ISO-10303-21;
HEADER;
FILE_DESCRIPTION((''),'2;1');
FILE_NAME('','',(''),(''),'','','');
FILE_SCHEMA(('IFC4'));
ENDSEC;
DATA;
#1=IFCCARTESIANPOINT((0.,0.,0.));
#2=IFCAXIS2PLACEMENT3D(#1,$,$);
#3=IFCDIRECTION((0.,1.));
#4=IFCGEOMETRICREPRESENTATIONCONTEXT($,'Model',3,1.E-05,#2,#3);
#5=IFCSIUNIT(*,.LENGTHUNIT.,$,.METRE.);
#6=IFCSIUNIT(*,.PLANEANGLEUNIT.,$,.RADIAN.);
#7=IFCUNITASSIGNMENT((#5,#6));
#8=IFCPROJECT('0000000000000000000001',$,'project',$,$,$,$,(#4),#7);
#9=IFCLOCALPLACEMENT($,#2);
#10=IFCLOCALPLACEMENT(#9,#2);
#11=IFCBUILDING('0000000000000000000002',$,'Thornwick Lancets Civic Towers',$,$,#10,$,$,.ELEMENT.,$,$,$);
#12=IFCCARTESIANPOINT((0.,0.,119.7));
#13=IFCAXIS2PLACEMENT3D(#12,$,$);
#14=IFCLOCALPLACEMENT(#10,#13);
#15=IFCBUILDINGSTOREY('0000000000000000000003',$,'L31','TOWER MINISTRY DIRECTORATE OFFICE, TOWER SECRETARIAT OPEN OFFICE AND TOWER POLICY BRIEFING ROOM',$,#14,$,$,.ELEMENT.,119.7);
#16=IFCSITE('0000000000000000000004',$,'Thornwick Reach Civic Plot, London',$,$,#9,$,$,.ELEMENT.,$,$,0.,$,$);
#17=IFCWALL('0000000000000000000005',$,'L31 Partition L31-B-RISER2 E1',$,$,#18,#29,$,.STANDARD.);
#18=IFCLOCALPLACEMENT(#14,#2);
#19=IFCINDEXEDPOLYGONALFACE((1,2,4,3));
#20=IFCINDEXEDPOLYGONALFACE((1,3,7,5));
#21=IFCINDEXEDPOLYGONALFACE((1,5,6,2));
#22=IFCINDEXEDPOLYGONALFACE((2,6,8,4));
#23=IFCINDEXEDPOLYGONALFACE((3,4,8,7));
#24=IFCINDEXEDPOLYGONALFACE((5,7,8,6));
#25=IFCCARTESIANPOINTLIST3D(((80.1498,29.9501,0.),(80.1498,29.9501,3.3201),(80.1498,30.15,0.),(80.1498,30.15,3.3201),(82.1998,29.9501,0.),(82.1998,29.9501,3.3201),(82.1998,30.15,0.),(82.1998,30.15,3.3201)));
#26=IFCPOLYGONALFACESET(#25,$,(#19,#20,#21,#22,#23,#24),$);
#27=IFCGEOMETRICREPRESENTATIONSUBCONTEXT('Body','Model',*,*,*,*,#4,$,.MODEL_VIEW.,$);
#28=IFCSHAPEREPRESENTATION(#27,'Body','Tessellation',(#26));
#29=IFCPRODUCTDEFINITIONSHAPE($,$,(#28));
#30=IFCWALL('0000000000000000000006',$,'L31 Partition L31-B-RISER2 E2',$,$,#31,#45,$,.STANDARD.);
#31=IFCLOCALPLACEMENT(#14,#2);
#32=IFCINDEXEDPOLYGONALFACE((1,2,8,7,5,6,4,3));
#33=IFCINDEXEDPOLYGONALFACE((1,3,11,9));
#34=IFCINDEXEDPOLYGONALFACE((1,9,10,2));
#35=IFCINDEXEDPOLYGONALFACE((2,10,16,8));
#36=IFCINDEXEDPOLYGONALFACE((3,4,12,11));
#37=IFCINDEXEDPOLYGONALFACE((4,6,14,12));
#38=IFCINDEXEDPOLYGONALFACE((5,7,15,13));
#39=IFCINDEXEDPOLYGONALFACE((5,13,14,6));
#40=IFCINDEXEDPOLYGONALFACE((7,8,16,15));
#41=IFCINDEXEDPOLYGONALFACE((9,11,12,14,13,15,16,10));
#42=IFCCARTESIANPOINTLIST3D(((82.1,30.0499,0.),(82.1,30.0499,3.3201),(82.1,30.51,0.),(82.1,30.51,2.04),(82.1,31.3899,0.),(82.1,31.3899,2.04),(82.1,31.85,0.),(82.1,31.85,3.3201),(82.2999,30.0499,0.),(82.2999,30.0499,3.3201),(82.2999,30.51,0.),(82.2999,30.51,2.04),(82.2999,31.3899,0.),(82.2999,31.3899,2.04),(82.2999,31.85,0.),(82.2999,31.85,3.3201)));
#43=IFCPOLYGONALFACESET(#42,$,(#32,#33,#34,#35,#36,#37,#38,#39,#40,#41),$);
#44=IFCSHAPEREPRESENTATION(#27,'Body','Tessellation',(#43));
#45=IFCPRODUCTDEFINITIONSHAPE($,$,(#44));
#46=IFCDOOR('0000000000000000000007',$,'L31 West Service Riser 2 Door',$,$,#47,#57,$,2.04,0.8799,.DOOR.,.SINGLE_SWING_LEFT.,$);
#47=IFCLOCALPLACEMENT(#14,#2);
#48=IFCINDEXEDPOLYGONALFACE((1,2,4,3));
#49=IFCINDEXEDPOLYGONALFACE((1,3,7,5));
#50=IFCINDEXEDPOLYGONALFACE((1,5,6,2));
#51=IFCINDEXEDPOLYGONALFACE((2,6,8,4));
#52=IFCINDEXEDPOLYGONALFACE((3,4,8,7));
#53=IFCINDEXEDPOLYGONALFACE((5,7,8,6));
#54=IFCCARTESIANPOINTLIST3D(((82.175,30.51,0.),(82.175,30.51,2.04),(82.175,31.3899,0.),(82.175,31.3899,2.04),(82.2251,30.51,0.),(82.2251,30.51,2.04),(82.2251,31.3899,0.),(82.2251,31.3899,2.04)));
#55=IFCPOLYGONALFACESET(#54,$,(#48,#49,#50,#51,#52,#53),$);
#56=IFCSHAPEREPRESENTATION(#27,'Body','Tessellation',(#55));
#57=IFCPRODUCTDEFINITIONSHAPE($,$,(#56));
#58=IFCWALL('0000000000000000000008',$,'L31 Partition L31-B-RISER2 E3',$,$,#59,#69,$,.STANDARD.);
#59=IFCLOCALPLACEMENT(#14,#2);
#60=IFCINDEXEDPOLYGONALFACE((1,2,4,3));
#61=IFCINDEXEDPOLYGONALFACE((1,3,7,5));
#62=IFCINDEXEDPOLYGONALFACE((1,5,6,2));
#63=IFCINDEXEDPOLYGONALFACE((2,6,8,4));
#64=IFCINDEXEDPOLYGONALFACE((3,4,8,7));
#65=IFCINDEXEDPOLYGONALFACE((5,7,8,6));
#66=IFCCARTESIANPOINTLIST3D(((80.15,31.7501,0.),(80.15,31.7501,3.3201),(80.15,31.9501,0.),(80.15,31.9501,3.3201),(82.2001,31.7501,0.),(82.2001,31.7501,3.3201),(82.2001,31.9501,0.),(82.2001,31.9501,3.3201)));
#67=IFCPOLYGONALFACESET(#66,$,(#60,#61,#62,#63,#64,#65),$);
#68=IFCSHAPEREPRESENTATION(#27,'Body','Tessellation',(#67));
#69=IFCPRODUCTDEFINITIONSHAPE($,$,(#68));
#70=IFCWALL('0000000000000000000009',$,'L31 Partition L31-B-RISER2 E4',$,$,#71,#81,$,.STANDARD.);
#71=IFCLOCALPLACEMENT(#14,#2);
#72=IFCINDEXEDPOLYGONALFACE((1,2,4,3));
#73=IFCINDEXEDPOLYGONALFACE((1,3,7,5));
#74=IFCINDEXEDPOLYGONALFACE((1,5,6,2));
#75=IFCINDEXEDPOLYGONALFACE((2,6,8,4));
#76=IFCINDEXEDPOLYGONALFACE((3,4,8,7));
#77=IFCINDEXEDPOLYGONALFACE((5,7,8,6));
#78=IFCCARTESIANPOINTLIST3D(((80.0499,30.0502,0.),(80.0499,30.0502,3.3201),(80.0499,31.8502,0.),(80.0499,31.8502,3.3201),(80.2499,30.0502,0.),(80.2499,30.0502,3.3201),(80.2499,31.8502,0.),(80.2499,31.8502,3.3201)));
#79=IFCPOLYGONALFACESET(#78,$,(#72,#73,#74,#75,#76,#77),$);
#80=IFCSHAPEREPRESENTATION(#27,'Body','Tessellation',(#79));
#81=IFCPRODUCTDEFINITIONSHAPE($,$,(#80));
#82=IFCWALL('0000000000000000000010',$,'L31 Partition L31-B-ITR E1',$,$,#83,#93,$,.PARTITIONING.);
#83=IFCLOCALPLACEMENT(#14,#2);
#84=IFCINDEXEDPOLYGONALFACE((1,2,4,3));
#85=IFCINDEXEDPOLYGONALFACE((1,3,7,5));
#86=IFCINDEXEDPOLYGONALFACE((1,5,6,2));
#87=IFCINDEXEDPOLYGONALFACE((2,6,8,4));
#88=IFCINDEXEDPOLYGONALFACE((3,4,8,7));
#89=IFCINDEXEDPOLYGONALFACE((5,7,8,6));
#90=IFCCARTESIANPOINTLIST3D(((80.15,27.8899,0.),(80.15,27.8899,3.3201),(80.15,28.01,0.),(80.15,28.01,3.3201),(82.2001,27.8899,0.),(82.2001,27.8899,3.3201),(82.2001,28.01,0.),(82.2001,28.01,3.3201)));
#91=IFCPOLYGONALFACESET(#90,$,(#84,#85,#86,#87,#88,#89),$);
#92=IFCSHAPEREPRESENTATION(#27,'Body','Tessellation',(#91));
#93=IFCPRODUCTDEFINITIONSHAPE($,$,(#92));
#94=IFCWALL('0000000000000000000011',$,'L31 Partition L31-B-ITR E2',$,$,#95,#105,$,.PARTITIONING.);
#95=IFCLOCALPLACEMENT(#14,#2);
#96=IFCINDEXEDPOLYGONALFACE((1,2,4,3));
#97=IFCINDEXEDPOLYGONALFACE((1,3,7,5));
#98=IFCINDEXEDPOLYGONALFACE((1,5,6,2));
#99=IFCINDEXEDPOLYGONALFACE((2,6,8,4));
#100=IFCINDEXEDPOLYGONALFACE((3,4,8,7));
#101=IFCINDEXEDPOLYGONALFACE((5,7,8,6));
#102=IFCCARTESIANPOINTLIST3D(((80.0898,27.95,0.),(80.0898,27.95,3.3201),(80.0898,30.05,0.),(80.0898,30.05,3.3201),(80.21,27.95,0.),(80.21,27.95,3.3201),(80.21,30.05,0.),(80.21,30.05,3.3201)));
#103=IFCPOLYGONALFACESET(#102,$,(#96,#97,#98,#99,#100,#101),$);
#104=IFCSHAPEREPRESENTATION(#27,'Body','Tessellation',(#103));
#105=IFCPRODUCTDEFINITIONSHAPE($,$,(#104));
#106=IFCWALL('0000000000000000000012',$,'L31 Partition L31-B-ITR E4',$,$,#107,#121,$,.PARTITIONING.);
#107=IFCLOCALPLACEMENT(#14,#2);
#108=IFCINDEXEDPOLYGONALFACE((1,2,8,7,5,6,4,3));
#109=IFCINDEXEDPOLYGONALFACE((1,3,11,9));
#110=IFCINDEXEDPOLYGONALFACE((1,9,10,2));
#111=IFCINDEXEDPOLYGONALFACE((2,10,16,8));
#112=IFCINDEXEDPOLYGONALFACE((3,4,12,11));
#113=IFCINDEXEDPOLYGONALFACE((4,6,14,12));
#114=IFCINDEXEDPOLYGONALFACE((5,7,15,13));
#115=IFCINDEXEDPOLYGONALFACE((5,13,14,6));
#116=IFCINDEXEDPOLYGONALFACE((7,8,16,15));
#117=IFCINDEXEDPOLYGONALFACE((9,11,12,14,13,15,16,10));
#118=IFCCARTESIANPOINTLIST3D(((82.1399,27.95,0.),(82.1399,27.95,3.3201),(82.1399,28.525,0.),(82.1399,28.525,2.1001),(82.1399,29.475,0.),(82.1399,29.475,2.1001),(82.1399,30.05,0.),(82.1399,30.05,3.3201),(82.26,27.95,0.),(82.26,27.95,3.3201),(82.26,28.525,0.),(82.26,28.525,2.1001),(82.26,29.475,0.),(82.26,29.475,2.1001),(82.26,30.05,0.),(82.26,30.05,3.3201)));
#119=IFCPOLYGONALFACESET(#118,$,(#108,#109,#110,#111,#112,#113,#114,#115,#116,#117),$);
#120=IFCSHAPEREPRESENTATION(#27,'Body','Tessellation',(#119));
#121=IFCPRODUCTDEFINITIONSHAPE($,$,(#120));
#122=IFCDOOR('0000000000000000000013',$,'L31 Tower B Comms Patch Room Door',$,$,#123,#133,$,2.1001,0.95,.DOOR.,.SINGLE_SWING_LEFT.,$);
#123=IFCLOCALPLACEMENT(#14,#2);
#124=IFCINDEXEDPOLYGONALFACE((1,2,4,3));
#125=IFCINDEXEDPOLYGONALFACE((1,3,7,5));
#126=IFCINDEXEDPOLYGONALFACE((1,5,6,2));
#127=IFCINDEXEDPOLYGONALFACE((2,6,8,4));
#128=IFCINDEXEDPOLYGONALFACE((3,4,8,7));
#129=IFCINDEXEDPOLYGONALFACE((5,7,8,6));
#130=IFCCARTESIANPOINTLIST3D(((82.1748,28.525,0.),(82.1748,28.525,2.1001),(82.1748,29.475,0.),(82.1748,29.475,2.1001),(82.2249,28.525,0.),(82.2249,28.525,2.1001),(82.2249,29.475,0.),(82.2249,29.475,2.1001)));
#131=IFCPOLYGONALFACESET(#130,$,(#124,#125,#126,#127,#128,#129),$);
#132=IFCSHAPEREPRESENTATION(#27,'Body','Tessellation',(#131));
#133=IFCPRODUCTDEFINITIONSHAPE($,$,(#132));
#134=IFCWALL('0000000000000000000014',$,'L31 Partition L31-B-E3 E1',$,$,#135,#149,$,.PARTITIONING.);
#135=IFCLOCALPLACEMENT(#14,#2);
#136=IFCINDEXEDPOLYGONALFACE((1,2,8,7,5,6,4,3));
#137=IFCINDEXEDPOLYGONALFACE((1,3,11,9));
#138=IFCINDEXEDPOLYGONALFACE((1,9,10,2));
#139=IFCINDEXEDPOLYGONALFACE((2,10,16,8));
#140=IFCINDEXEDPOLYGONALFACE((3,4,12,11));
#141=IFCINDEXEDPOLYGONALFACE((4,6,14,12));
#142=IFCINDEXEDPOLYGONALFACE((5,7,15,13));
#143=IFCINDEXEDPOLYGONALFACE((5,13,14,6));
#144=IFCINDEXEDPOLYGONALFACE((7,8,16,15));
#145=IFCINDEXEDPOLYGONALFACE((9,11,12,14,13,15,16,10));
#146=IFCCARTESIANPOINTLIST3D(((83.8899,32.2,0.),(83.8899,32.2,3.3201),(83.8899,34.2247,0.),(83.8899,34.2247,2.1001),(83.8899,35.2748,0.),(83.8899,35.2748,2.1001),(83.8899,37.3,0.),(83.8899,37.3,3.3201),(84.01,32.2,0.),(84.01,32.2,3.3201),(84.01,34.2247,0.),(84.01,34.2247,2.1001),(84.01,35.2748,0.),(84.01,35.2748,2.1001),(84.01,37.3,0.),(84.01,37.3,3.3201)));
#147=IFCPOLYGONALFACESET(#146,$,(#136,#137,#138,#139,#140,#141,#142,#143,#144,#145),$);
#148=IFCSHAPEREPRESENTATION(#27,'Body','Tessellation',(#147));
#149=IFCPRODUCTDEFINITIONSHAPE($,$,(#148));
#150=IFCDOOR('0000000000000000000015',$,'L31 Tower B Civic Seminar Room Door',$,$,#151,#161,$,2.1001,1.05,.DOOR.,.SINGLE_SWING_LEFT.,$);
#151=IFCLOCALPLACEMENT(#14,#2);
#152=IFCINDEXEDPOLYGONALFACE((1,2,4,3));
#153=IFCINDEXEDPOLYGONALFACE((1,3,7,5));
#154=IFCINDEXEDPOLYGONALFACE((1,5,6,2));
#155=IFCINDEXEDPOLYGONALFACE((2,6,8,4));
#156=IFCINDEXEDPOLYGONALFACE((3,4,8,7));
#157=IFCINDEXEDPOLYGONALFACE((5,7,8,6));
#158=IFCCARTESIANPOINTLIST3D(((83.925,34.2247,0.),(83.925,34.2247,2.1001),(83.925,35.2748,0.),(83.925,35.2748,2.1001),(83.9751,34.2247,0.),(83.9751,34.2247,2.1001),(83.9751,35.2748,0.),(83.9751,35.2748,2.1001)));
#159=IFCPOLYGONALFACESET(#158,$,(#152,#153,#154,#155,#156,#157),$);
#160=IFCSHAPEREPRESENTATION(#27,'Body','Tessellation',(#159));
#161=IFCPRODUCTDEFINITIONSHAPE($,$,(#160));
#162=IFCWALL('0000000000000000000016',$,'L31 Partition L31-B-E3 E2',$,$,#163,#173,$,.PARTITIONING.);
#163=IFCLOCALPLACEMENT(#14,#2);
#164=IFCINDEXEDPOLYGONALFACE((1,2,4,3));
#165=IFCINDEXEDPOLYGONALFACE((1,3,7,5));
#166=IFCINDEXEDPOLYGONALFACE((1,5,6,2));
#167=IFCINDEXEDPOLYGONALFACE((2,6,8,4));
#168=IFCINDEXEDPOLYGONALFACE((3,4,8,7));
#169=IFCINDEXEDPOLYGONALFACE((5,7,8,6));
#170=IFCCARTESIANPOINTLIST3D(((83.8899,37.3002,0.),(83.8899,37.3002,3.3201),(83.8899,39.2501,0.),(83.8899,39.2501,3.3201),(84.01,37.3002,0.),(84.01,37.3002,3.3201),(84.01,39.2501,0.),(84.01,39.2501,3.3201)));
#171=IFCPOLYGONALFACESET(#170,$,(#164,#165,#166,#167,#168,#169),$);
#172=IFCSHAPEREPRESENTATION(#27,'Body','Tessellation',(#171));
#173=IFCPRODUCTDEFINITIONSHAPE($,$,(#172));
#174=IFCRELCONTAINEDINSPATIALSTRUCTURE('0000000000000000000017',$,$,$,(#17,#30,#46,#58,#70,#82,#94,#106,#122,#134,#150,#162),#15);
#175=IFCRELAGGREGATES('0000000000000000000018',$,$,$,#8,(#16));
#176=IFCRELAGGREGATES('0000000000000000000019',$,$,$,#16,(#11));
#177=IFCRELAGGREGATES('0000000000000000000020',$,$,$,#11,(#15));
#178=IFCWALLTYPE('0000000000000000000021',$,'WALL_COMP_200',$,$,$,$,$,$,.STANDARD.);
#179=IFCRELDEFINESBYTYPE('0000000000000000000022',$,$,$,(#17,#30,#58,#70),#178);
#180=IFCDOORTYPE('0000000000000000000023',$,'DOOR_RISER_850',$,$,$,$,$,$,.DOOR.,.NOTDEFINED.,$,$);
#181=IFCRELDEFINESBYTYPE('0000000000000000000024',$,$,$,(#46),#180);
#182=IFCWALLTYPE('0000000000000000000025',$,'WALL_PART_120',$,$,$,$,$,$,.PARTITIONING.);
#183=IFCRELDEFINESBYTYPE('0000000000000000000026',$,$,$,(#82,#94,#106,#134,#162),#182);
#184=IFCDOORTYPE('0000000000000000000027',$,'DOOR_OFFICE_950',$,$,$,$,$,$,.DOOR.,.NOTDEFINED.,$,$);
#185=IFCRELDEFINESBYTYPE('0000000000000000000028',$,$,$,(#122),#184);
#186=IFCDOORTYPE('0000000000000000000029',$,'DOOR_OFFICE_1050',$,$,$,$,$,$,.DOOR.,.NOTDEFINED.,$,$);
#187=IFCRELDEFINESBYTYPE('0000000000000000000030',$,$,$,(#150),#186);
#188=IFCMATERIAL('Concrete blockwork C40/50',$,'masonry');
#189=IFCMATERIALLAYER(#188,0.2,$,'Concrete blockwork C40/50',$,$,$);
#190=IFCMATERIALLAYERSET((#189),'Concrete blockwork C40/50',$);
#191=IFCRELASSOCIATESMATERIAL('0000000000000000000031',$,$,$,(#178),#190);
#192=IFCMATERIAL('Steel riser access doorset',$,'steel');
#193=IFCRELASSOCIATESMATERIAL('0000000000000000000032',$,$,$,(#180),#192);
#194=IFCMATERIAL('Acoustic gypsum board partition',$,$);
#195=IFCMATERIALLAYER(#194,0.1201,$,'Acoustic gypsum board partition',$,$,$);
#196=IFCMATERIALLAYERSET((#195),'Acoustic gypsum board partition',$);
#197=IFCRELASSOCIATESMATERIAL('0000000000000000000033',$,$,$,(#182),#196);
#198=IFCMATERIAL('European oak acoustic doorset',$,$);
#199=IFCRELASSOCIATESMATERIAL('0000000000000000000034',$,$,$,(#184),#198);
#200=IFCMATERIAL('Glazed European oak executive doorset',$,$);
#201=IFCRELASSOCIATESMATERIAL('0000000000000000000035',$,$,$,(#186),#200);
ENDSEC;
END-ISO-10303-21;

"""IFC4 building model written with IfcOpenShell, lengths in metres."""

from ifc_helpers import new_model, si_unit, direction, frame, frame_2d, origin, place, context, subcontext, project, spatial, rectangle, extrude, material, layer, layer_set, type_object, element, fill, save


model = new_model("IFC4")

# Units and contexts
model_context = context("Model", 3, precision=1e-05, world=origin(), true_north=direction((0.0, 1.0)))
body_context = subcontext(model_context, "Body", "Model", "MODEL_VIEW")
ifc_project = project(units=[si_unit("LENGTHUNIT", "METRE"), si_unit("PLANEANGLEUNIT", "RADIAN")], contexts=[model_context])

# Site, building, storey
site_placement = place(None, origin())
site = spatial("IfcSite", under=ifc_project, at=site_placement, Name="Thornwick Reach Civic Plot, London", CompositionType="ELEMENT", RefElevation=0.0)
building_placement = place(site_placement, origin())
building = spatial("IfcBuilding", under=site, at=building_placement, Name="Thornwick Lancets Civic Towers", CompositionType="ELEMENT")
storey_placement = place(building_placement, frame((0.0, 0.0, 119.7)))
storey = spatial("IfcBuildingStorey", under=building, at=storey_placement, Name="L31", Description="TOWER MINISTRY DIRECTORATE OFFICE, TOWER SECRETARIAT OPEN OFFICE AND TOWER POLICY BRIEFING ROOM", CompositionType="ELEMENT", Elevation=119.7)

# Shared definitions
ifc_material_1 = material(Name="Concrete blockwork C40/50", Category="masonry")
ifc_layer_1 = layer(ifc_material_1, 0.2, Name="Concrete blockwork C40/50")
ifc_layer_set_1 = layer_set([ifc_layer_1], Name="Concrete blockwork C40/50")
wall_type_1 = type_object("IfcWallType", Name="WALL_COMP_200", PredefinedType="STANDARD", material=ifc_layer_set_1)

# Wall
wall_1_placement = place(storey_placement, frame((80.1499, 30.05, 0.0), z_axis=(0.0, 0.0, 1.0), x_axis=(1.0, 0.0, 0.0)))
element("IfcWall", 1, at=wall_1_placement, inside=storey, type_object=wall_type_1, Name="L31 Partition L31-B-RISER2 E1", PredefinedType="STANDARD", context=body_context, shape_type="SweptSolid", body=[
    extrude(rectangle(XDim=2.05, YDim=0.2, at=frame_2d((1.0249, 0.0))), origin(), (0.0, 0.0, 1.0), 3.3201),
])

# Wall, opening, door
wall_2_placement = place(storey_placement, frame((82.2, 30.05, 0.0), z_axis=(0.0, 0.0, 1.0), x_axis=(0.0, 1.0, 0.0)))
wall_2 = element("IfcWall", 2, at=wall_2_placement, inside=storey, type_object=wall_type_1, Name="L31 Partition L31-B-RISER2 E2", PredefinedType="STANDARD", context=body_context, shape_type="SweptSolid", body=[
    extrude(rectangle(XDim=1.8, YDim=0.2, at=frame_2d((0.8999, 0.0))), origin(), (0.0, 0.0, 1.0), 3.3201),
])
opening_1_placement = place(wall_2_placement, frame((0.46, 0.0, 0.0)))
opening_1 = element("IfcOpeningElement", 3, at=opening_1_placement, cuts=wall_2, PredefinedType="OPENING", context=body_context, shape_type="SweptSolid", body=[
    extrude(rectangle(XDim=0.8799, YDim=2.04, at=frame_2d((0.4399, 1.02))), frame((0.0, 0.1099, 0.0), z_axis=(0.0, -1.0, 0.0), x_axis=(1.0, 0.0, 0.0)), (0.0, 0.0, 1.0), 0.22),
])
ifc_material_2 = material(Name="Steel riser access doorset", Category="steel")
door_type_1 = type_object("IfcDoorType", Name="DOOR_RISER_850", OperationType="NOTDEFINED", PredefinedType="DOOR", material=ifc_material_2)
door_1_placement = place(opening_1_placement, origin())
door_1 = element("IfcDoor", 4, at=door_1_placement, inside=storey, type_object=door_type_1, Name="L31 West Service Riser 2 Door", OperationType="SINGLE_SWING_LEFT", OverallHeight=2.04, OverallWidth=0.8799, PredefinedType="DOOR", context=body_context, shape_type="SweptSolid", body=[
    extrude(rectangle(XDim=0.8799, YDim=2.04, at=frame_2d((0.4399, 1.02))), frame((0.0, 0.0249, 0.0), z_axis=(0.0, -1.0, 0.0), x_axis=(1.0, 0.0, 0.0)), (0.0, 0.0, 1.0), 0.05),
])
fill(opening_1, door_1)

# Walls
wall_3_placement = place(storey_placement, frame((82.2, 31.8501, 0.0), z_axis=(0.0, 0.0, 1.0), x_axis=(-1.0, 0.0, 0.0)))
element("IfcWall", 5, at=wall_3_placement, inside=storey, type_object=wall_type_1, Name="L31 Partition L31-B-RISER2 E3", PredefinedType="STANDARD", context=body_context, shape_type="SweptSolid", body=[
    extrude(rectangle(XDim=2.05, YDim=0.2, at=frame_2d((1.0249, 0.0))), origin(), (0.0, 0.0, 1.0), 3.3201),
])
wall_4_placement = place(storey_placement, frame((80.1499, 31.8501, 0.0), z_axis=(0.0, 0.0, 1.0), x_axis=(0.0, -1.0, 0.0)))
element("IfcWall", 6, at=wall_4_placement, inside=storey, type_object=wall_type_1, Name="L31 Partition L31-B-RISER2 E4", PredefinedType="STANDARD", context=body_context, shape_type="SweptSolid", body=[
    extrude(rectangle(XDim=1.8, YDim=0.2, at=frame_2d((0.8999, 0.0))), origin(), (0.0, 0.0, 1.0), 3.3201),
])
ifc_material_3 = material(Name="Acoustic gypsum board partition")
ifc_layer_2 = layer(ifc_material_3, 0.1201, Name="Acoustic gypsum board partition")
ifc_layer_set_2 = layer_set([ifc_layer_2], Name="Acoustic gypsum board partition")
wall_type_2 = type_object("IfcWallType", Name="WALL_PART_120", PredefinedType="PARTITIONING", material=ifc_layer_set_2)
wall_5_placement = place(storey_placement, frame((82.2, 27.95, 0.0), z_axis=(0.0, 0.0, 1.0), x_axis=(-1.0, 0.0, 0.0)))
element("IfcWall", 7, at=wall_5_placement, inside=storey, type_object=wall_type_2, Name="L31 Partition L31-B-ITR E1", PredefinedType="PARTITIONING", context=body_context, shape_type="SweptSolid", body=[
    extrude(rectangle(XDim=2.05, YDim=0.1201, at=frame_2d((1.0249, 0.0))), origin(), (0.0, 0.0, 1.0), 3.3201),
])
wall_6_placement = place(storey_placement, frame((80.1499, 27.95, 0.0), z_axis=(0.0, 0.0, 1.0), x_axis=(0.0, 1.0, 0.0)))
element("IfcWall", 8, at=wall_6_placement, inside=storey, type_object=wall_type_2, Name="L31 Partition L31-B-ITR E2", PredefinedType="PARTITIONING", context=body_context, shape_type="SweptSolid", body=[
    extrude(rectangle(XDim=2.1001, YDim=0.1201, at=frame_2d((1.05, 0.0))), origin(), (0.0, 0.0, 1.0), 3.3201),
])

# Walls, openings, doors
wall_7_placement = place(storey_placement, frame((82.2, 30.05, 0.0), z_axis=(0.0, 0.0, 1.0), x_axis=(0.0, -1.0, 0.0)))
wall_7 = element("IfcWall", 9, at=wall_7_placement, inside=storey, type_object=wall_type_2, Name="L31 Partition L31-B-ITR E4", PredefinedType="PARTITIONING", context=body_context, shape_type="SweptSolid", body=[
    extrude(rectangle(XDim=2.1001, YDim=0.1201, at=frame_2d((1.05, 0.0))), origin(), (0.0, 0.0, 1.0), 3.3201),
])
opening_2_placement = place(wall_7_placement, frame((0.575, 0.0, 0.0)))
opening_2 = element("IfcOpeningElement", 10, at=opening_2_placement, cuts=wall_7, PredefinedType="OPENING", context=body_context, shape_type="SweptSolid", body=[
    extrude(rectangle(XDim=0.95, YDim=2.1001, at=frame_2d((0.4751, 1.05))), frame((0.0, 0.0701, 0.0), z_axis=(0.0, -1.0, 0.0), x_axis=(1.0, 0.0, 0.0)), (0.0, 0.0, 1.0), 0.1401),
])
ifc_material_4 = material(Name="European oak acoustic doorset")
door_type_2 = type_object("IfcDoorType", Name="DOOR_OFFICE_950", OperationType="NOTDEFINED", PredefinedType="DOOR", material=ifc_material_4)
door_2_placement = place(opening_2_placement, origin())
door_2 = element("IfcDoor", 11, at=door_2_placement, inside=storey, type_object=door_type_2, Name="L31 Tower B Comms Patch Room Door", OperationType="SINGLE_SWING_LEFT", OverallHeight=2.1001, OverallWidth=0.95, PredefinedType="DOOR", context=body_context, shape_type="SweptSolid", body=[
    extrude(rectangle(XDim=0.95, YDim=2.1001, at=frame_2d((0.4751, 1.05))), frame((0.0, 0.0249, 0.0), z_axis=(0.0, -1.0, 0.0), x_axis=(1.0, 0.0, 0.0)), (0.0, 0.0, 1.0), 0.05),
])
fill(opening_2, door_2)
wall_8_placement = place(storey_placement, frame((83.95, 32.2, 0.0), z_axis=(0.0, 0.0, 1.0), x_axis=(0.0, 1.0, 0.0)))
wall_8 = element("IfcWall", 12, at=wall_8_placement, inside=storey, type_object=wall_type_2, Name="L31 Partition L31-B-E3 E1", PredefinedType="PARTITIONING", context=body_context, shape_type="SweptSolid", body=[
    extrude(rectangle(XDim=5.1001, YDim=0.1201, at=frame_2d((2.55, 0.0))), origin(), (0.0, 0.0, 1.0), 3.3201),
])
opening_3_placement = place(wall_8_placement, frame((2.0249, 0.0, 0.0)))
opening_3 = element("IfcOpeningElement", 13, at=opening_3_placement, cuts=wall_8, PredefinedType="OPENING", context=body_context, shape_type="SweptSolid", body=[
    extrude(rectangle(XDim=1.05, YDim=2.1001, at=frame_2d((0.5249, 1.05))), frame((0.0, 0.0701, 0.0), z_axis=(0.0, -1.0, 0.0), x_axis=(1.0, 0.0, 0.0)), (0.0, 0.0, 1.0), 0.1401),
])
ifc_material_5 = material(Name="Glazed European oak executive doorset")
door_type_3 = type_object("IfcDoorType", Name="DOOR_OFFICE_1050", OperationType="NOTDEFINED", PredefinedType="DOOR", material=ifc_material_5)
door_3_placement = place(opening_3_placement, origin())
door_3 = element("IfcDoor", 14, at=door_3_placement, inside=storey, type_object=door_type_3, Name="L31 Tower B Civic Seminar Room Door", OperationType="SINGLE_SWING_LEFT", OverallHeight=2.1001, OverallWidth=1.05, PredefinedType="DOOR", context=body_context, shape_type="SweptSolid", body=[
    extrude(rectangle(XDim=1.05, YDim=2.1001, at=frame_2d((0.5249, 1.05))), frame((0.0, 0.0249, 0.0), z_axis=(0.0, -1.0, 0.0), x_axis=(1.0, 0.0, 0.0)), (0.0, 0.0, 1.0), 0.05),
])
fill(opening_3, door_3)

# Wall
wall_9_placement = place(storey_placement, frame((83.95, 37.3, 0.0), z_axis=(0.0, 0.0, 1.0), x_axis=(0.0, 1.0, 0.0)))
element("IfcWall", 15, at=wall_9_placement, inside=storey, type_object=wall_type_2, Name="L31 Partition L31-B-E3 E2", PredefinedType="PARTITIONING", context=body_context, shape_type="SweptSolid", body=[
    extrude(rectangle(XDim=1.95, YDim=0.1201, at=frame_2d((0.9751, 0.0))), origin(), (0.0, 0.0, 1.0), 3.3201),
])

save(model, "model.ifc")
